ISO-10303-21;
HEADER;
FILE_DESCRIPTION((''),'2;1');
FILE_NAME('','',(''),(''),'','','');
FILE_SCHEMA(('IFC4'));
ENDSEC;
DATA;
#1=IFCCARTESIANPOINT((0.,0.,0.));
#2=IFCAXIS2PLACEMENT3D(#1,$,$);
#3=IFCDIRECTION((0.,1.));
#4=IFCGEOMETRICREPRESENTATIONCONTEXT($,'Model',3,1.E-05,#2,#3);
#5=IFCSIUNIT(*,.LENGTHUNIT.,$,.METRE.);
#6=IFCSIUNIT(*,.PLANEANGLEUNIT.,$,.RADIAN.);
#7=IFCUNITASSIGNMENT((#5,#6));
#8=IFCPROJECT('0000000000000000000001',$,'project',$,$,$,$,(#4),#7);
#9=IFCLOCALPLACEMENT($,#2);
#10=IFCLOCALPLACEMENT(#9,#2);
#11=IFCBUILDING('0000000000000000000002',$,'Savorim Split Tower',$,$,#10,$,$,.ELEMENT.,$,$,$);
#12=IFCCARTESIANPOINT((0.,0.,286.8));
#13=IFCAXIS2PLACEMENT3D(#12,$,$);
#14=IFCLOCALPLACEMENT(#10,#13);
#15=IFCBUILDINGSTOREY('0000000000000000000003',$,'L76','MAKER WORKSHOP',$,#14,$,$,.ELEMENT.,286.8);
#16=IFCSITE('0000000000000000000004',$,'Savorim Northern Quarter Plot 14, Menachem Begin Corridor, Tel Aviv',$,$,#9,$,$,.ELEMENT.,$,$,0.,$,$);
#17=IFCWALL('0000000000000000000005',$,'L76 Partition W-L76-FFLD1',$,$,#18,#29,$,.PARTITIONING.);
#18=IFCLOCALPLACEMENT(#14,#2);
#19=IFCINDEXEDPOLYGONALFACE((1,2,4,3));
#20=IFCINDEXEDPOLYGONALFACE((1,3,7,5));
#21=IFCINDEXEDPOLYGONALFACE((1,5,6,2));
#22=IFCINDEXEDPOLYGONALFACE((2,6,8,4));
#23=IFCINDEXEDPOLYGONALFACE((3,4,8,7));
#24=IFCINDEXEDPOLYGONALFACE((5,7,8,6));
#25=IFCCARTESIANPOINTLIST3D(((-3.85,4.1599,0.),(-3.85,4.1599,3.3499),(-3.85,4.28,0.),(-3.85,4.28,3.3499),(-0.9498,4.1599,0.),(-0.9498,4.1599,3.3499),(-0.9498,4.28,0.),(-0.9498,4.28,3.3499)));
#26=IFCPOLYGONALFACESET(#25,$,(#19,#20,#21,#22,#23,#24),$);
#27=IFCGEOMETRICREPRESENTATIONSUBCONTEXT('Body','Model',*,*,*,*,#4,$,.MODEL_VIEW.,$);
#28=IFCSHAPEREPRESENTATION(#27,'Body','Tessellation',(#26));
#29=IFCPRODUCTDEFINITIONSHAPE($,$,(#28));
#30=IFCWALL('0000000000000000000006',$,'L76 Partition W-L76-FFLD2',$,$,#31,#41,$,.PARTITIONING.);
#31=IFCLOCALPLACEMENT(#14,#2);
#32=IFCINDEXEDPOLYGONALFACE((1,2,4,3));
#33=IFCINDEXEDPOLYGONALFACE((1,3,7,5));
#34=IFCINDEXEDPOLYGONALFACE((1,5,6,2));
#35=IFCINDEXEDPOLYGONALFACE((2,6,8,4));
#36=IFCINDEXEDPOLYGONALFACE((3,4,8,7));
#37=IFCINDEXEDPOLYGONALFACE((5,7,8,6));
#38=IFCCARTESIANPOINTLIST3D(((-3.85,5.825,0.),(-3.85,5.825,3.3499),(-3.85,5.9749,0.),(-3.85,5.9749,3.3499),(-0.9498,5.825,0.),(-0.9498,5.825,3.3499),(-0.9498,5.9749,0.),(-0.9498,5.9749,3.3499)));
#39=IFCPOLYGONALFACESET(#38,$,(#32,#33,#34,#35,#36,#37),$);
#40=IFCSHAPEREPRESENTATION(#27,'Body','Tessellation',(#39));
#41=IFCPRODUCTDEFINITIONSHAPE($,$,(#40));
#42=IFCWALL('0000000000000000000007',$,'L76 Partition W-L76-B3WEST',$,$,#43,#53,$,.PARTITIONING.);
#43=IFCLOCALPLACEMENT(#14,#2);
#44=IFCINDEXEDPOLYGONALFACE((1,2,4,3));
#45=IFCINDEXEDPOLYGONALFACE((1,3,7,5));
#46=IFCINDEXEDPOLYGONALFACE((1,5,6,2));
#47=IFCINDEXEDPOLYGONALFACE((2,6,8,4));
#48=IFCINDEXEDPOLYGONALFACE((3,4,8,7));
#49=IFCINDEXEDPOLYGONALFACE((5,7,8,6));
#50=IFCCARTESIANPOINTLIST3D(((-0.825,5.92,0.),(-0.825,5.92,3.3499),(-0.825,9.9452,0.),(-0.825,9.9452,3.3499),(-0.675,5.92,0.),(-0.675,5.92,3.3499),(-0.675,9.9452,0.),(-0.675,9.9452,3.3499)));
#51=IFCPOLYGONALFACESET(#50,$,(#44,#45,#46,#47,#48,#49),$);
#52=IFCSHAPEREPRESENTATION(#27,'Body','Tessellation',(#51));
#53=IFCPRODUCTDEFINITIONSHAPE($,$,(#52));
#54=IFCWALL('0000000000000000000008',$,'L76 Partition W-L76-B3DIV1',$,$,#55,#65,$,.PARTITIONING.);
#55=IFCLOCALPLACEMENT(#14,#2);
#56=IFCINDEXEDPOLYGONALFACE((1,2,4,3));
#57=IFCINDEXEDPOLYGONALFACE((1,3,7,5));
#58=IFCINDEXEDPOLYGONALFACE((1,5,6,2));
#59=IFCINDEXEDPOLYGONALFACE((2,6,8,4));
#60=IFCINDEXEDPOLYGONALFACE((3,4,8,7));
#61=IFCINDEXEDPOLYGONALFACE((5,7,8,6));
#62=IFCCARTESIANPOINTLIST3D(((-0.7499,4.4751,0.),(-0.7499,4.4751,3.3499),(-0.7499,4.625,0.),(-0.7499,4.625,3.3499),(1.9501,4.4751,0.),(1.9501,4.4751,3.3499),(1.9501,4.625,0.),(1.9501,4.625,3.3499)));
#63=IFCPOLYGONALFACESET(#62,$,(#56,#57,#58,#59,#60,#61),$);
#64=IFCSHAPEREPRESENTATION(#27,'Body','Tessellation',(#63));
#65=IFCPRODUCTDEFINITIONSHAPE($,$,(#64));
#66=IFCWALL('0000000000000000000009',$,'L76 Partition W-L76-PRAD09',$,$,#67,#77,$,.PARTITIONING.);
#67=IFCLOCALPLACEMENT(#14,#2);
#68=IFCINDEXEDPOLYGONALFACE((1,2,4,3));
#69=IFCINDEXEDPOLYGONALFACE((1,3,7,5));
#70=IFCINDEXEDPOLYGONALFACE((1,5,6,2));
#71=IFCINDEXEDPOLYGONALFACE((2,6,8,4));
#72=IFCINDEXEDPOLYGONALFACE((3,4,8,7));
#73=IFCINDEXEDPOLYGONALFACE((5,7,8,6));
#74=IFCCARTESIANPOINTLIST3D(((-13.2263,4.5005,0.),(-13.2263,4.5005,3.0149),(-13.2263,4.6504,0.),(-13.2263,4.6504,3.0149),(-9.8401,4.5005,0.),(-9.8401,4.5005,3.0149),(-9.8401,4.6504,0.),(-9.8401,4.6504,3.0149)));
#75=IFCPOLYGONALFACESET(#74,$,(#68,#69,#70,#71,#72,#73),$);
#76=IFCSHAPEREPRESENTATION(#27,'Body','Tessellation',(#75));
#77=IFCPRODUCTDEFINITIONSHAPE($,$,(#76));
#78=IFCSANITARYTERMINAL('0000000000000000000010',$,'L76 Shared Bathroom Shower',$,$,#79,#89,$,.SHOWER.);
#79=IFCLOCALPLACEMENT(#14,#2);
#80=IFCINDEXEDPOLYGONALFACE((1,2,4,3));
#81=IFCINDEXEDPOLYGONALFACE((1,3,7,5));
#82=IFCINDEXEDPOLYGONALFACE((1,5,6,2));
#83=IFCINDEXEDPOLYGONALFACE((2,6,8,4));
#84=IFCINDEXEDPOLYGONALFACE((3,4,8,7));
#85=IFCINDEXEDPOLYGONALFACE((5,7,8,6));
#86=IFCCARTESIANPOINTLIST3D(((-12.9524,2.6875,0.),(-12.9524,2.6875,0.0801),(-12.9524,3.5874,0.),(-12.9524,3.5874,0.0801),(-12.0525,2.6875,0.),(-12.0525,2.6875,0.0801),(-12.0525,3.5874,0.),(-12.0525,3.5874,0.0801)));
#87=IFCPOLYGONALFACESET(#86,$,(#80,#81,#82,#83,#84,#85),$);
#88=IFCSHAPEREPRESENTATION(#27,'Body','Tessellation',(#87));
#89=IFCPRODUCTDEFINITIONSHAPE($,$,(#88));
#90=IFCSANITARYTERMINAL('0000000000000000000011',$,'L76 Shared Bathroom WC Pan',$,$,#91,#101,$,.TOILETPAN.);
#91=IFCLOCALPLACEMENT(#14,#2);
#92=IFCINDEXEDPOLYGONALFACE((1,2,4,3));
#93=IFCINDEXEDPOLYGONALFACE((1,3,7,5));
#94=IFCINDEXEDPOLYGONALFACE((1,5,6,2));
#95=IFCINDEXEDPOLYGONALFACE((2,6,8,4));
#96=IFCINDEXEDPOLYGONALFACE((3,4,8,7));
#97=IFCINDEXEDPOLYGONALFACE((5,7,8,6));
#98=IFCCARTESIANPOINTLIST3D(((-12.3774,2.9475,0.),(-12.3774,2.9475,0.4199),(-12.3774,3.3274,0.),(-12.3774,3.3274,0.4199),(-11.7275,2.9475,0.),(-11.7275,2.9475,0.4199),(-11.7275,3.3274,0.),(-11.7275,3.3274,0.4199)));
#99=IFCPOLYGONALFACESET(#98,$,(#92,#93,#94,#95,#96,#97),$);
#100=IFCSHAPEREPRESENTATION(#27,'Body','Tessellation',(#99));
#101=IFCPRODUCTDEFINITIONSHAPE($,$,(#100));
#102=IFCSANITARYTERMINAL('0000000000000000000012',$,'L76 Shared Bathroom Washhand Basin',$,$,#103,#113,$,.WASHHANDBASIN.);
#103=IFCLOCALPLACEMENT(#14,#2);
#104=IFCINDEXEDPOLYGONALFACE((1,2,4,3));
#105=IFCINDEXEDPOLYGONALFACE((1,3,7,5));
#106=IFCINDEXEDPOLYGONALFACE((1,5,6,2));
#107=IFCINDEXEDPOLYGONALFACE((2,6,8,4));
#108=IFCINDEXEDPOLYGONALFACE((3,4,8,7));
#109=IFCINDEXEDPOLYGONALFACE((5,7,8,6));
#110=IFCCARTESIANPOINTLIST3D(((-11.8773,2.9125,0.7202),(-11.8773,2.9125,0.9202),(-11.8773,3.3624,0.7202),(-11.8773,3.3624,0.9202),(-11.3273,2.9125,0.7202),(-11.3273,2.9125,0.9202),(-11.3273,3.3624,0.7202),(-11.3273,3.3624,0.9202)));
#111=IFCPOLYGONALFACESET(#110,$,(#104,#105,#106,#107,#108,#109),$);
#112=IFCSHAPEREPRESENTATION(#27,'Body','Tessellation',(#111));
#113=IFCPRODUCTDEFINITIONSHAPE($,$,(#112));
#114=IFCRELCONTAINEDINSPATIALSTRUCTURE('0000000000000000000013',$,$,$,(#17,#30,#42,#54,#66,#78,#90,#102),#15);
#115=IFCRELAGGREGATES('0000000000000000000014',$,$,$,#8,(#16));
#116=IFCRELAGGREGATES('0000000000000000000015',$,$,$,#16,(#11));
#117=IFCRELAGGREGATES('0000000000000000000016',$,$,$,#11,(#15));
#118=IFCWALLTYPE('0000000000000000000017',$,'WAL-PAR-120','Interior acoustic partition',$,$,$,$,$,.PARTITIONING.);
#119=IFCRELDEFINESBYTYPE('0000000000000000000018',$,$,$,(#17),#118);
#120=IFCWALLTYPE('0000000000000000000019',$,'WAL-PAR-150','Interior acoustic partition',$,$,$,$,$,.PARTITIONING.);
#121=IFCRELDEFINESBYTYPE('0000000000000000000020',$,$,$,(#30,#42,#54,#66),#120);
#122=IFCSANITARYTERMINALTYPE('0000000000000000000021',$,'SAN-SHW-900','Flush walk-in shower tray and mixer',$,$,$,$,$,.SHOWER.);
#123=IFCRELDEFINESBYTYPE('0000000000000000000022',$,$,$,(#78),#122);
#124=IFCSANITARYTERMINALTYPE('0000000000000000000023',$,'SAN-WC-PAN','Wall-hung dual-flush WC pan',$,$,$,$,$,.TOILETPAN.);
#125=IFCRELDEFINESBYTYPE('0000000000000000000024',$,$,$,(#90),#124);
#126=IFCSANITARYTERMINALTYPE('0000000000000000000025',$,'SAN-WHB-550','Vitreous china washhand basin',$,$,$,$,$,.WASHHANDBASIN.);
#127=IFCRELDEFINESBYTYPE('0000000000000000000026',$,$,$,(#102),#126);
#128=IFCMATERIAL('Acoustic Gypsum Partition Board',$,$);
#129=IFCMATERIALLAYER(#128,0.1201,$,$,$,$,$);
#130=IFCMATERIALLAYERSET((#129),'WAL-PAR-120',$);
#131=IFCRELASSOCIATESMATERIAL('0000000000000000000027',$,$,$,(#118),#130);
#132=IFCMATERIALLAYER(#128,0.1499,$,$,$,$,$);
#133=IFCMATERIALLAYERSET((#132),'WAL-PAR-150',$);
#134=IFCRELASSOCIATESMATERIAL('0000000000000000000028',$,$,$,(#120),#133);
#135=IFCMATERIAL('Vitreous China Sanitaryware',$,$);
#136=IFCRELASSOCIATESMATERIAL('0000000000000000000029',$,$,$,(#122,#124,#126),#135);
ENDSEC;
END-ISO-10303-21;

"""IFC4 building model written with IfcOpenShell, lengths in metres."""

from ifc_helpers import new_model, si_unit, direction, frame, frame_2d, origin, origin_2d, place, context, subcontext, project, spatial, rectangle, extrude, material, layer, layer_set, type_object, element, save


model = new_model("IFC4")

# Units and contexts
model_context = context("Model", 3, precision=1e-05, world=origin(), true_north=direction((0.0, 1.0)))
body_context = subcontext(model_context, "Body", "Model", "MODEL_VIEW")
ifc_project = project(units=[si_unit("LENGTHUNIT", "METRE"), si_unit("PLANEANGLEUNIT", "RADIAN")], contexts=[model_context])

# Site, building, storey
site_placement = place(None, origin())
site = spatial("IfcSite", under=ifc_project, at=site_placement, Name="Savorim Northern Quarter Plot 14, Menachem Begin Corridor, Tel Aviv", CompositionType="ELEMENT", RefElevation=0.0)
building_placement = place(site_placement, origin())
building = spatial("IfcBuilding", under=site, at=building_placement, Name="Savorim Split Tower", CompositionType="ELEMENT")
storey_placement = place(building_placement, frame((0.0, 0.0, 286.8)))
storey = spatial("IfcBuildingStorey", under=building, at=storey_placement, Name="L76", Description="MAKER WORKSHOP", CompositionType="ELEMENT", Elevation=286.8)

# Walls
ifc_material_1 = material(Name="Acoustic Gypsum Partition Board")
ifc_layer_1 = layer(ifc_material_1, 0.1201)
ifc_layer_set_1 = layer_set([ifc_layer_1], Name="WAL-PAR-120")
wall_type_1 = type_object("IfcWallType", Name="WAL-PAR-120", Description="Interior acoustic partition", PredefinedType="PARTITIONING", material=ifc_layer_set_1)
for number, where, z_axis, x_axis, name in (
    (1, (-3.8501, 4.22, 0.0), (0.0, 0.0, 1.0), (1.0, 0.0, 0.0), "L76 Partition W-L76-FFLD1"),
):
    element("IfcWall", number, at=place(storey_placement, frame(where, z_axis=z_axis, x_axis=x_axis)), inside=storey, type_object=wall_type_1, Name=name, PredefinedType="PARTITIONING", context=body_context, shape_type="SweptSolid", body=[
        extrude(rectangle(XDim=2.9001, YDim=0.1201, at=frame_2d((1.4502, 0.0))), origin(), (0.0, 0.0, 1.0), 3.3499),
    ])
ifc_layer_2 = layer(ifc_material_1, 0.1499)
ifc_layer_set_2 = layer_set([ifc_layer_2], Name="WAL-PAR-150")
wall_type_2 = type_object("IfcWallType", Name="WAL-PAR-150", Description="Interior acoustic partition", PredefinedType="PARTITIONING", material=ifc_layer_set_2)
wall_1_placement = place(storey_placement, frame((-3.8501, 5.8999, 0.0), z_axis=(0.0, 0.0, 1.0), x_axis=(1.0, 0.0, 0.0)))
element("IfcWall", 2, at=wall_1_placement, inside=storey, type_object=wall_type_2, Name="L76 Partition W-L76-FFLD2", PredefinedType="PARTITIONING", context=body_context, shape_type="SweptSolid", body=[
    extrude(rectangle(XDim=2.9001, YDim=0.1499, at=frame_2d((1.4502, 0.0))), origin(), (0.0, 0.0, 1.0), 3.3499),
])
wall_2_placement = place(storey_placement, frame((-0.75, 5.9199, 0.0), z_axis=(0.0, 0.0, 1.0), x_axis=(0.0, 1.0, 0.0)))
element("IfcWall", 3, at=wall_2_placement, inside=storey, type_object=wall_type_2, Name="L76 Partition W-L76-B3WEST", PredefinedType="PARTITIONING", context=body_context, shape_type="SweptSolid", body=[
    extrude(rectangle(XDim=4.0251, YDim=0.1499, at=frame_2d((2.0127, 0.0))), origin(), (0.0, 0.0, 1.0), 3.3499),
])
wall_3_placement = place(storey_placement, frame((-0.75, 4.55, 0.0), z_axis=(0.0, 0.0, 1.0), x_axis=(1.0, 0.0, 0.0)))
element("IfcWall", 4, at=wall_3_placement, inside=storey, type_object=wall_type_2, Name="L76 Partition W-L76-B3DIV1", PredefinedType="PARTITIONING", context=body_context, shape_type="SweptSolid", body=[
    extrude(rectangle(XDim=2.7, YDim=0.1499, at=frame_2d((1.3501, 0.0))), origin(), (0.0, 0.0, 1.0), 3.3499),
])
wall_4_placement = place(storey_placement, frame((-9.8401, 4.5754, 0.0), z_axis=(0.0, 0.0, 1.0), x_axis=(-1.0, 0.0, 0.0)))
element("IfcWall", 5, at=wall_4_placement, inside=storey, type_object=wall_type_2, Name="L76 Partition W-L76-PRAD09", PredefinedType="PARTITIONING", context=body_context, shape_type="SweptSolid", body=[
    extrude(rectangle(XDim=3.3862, YDim=0.1499, at=frame_2d((1.6931, 0.0))), origin(), (0.0, 0.0, 1.0), 3.0149),
])

# Sanitary terminals
ifc_material_2 = material(Name="Vitreous China Sanitaryware")
sanitary_terminal_type_1 = type_object("IfcSanitaryTerminalType", Name="SAN-SHW-900", Description="Flush walk-in shower tray and mixer", PredefinedType="SHOWER", material=ifc_material_2)
sanitary_terminal_1_placement = place(storey_placement, frame((-12.5024, 3.1375, 0.0), z_axis=(0.0, 0.0, 1.0), x_axis=(1.0, 0.0, 0.0)))
element("IfcSanitaryTerminal", 6, at=sanitary_terminal_1_placement, inside=storey, type_object=sanitary_terminal_type_1, Name="L76 Shared Bathroom Shower", PredefinedType="SHOWER", context=body_context, shape_type="SweptSolid", body=[
    extrude(rectangle(XDim=0.8999, YDim=0.8999, at=origin_2d()), origin(), (0.0, 0.0, 1.0), 0.0801),
])
sanitary_terminal_type_2 = type_object("IfcSanitaryTerminalType", Name="SAN-WC-PAN", Description="Wall-hung dual-flush WC pan", PredefinedType="TOILETPAN", material=ifc_material_2)
sanitary_terminal_2_placement = place(storey_placement, frame((-12.0525, 3.1375, 0.0), z_axis=(0.0, 0.0, 1.0), x_axis=(1.0, 0.0, 0.0)))
element("IfcSanitaryTerminal", 7, at=sanitary_terminal_2_placement, inside=storey, type_object=sanitary_terminal_type_2, Name="L76 Shared Bathroom WC Pan", PredefinedType="TOILETPAN", context=body_context, shape_type="SweptSolid", body=[
    extrude(rectangle(XDim=0.6499, YDim=0.3799, at=origin_2d()), origin(), (0.0, 0.0, 1.0), 0.4199),
])
sanitary_terminal_type_3 = type_object("IfcSanitaryTerminalType", Name="SAN-WHB-550", Description="Vitreous china washhand basin", PredefinedType="WASHHANDBASIN", material=ifc_material_2)
sanitary_terminal_3_placement = place(storey_placement, frame((-11.6023, 3.1375, 0.7202), z_axis=(0.0, 0.0, 1.0), x_axis=(1.0, 0.0, 0.0)))
element("IfcSanitaryTerminal", 8, at=sanitary_terminal_3_placement, inside=storey, type_object=sanitary_terminal_type_3, Name="L76 Shared Bathroom Washhand Basin", PredefinedType="WASHHANDBASIN", context=body_context, shape_type="SweptSolid", body=[
    extrude(rectangle(XDim=0.55, YDim=0.45, at=origin_2d()), origin(), (0.0, 0.0, 1.0), 0.2),
])

save(model, "model.ifc")
